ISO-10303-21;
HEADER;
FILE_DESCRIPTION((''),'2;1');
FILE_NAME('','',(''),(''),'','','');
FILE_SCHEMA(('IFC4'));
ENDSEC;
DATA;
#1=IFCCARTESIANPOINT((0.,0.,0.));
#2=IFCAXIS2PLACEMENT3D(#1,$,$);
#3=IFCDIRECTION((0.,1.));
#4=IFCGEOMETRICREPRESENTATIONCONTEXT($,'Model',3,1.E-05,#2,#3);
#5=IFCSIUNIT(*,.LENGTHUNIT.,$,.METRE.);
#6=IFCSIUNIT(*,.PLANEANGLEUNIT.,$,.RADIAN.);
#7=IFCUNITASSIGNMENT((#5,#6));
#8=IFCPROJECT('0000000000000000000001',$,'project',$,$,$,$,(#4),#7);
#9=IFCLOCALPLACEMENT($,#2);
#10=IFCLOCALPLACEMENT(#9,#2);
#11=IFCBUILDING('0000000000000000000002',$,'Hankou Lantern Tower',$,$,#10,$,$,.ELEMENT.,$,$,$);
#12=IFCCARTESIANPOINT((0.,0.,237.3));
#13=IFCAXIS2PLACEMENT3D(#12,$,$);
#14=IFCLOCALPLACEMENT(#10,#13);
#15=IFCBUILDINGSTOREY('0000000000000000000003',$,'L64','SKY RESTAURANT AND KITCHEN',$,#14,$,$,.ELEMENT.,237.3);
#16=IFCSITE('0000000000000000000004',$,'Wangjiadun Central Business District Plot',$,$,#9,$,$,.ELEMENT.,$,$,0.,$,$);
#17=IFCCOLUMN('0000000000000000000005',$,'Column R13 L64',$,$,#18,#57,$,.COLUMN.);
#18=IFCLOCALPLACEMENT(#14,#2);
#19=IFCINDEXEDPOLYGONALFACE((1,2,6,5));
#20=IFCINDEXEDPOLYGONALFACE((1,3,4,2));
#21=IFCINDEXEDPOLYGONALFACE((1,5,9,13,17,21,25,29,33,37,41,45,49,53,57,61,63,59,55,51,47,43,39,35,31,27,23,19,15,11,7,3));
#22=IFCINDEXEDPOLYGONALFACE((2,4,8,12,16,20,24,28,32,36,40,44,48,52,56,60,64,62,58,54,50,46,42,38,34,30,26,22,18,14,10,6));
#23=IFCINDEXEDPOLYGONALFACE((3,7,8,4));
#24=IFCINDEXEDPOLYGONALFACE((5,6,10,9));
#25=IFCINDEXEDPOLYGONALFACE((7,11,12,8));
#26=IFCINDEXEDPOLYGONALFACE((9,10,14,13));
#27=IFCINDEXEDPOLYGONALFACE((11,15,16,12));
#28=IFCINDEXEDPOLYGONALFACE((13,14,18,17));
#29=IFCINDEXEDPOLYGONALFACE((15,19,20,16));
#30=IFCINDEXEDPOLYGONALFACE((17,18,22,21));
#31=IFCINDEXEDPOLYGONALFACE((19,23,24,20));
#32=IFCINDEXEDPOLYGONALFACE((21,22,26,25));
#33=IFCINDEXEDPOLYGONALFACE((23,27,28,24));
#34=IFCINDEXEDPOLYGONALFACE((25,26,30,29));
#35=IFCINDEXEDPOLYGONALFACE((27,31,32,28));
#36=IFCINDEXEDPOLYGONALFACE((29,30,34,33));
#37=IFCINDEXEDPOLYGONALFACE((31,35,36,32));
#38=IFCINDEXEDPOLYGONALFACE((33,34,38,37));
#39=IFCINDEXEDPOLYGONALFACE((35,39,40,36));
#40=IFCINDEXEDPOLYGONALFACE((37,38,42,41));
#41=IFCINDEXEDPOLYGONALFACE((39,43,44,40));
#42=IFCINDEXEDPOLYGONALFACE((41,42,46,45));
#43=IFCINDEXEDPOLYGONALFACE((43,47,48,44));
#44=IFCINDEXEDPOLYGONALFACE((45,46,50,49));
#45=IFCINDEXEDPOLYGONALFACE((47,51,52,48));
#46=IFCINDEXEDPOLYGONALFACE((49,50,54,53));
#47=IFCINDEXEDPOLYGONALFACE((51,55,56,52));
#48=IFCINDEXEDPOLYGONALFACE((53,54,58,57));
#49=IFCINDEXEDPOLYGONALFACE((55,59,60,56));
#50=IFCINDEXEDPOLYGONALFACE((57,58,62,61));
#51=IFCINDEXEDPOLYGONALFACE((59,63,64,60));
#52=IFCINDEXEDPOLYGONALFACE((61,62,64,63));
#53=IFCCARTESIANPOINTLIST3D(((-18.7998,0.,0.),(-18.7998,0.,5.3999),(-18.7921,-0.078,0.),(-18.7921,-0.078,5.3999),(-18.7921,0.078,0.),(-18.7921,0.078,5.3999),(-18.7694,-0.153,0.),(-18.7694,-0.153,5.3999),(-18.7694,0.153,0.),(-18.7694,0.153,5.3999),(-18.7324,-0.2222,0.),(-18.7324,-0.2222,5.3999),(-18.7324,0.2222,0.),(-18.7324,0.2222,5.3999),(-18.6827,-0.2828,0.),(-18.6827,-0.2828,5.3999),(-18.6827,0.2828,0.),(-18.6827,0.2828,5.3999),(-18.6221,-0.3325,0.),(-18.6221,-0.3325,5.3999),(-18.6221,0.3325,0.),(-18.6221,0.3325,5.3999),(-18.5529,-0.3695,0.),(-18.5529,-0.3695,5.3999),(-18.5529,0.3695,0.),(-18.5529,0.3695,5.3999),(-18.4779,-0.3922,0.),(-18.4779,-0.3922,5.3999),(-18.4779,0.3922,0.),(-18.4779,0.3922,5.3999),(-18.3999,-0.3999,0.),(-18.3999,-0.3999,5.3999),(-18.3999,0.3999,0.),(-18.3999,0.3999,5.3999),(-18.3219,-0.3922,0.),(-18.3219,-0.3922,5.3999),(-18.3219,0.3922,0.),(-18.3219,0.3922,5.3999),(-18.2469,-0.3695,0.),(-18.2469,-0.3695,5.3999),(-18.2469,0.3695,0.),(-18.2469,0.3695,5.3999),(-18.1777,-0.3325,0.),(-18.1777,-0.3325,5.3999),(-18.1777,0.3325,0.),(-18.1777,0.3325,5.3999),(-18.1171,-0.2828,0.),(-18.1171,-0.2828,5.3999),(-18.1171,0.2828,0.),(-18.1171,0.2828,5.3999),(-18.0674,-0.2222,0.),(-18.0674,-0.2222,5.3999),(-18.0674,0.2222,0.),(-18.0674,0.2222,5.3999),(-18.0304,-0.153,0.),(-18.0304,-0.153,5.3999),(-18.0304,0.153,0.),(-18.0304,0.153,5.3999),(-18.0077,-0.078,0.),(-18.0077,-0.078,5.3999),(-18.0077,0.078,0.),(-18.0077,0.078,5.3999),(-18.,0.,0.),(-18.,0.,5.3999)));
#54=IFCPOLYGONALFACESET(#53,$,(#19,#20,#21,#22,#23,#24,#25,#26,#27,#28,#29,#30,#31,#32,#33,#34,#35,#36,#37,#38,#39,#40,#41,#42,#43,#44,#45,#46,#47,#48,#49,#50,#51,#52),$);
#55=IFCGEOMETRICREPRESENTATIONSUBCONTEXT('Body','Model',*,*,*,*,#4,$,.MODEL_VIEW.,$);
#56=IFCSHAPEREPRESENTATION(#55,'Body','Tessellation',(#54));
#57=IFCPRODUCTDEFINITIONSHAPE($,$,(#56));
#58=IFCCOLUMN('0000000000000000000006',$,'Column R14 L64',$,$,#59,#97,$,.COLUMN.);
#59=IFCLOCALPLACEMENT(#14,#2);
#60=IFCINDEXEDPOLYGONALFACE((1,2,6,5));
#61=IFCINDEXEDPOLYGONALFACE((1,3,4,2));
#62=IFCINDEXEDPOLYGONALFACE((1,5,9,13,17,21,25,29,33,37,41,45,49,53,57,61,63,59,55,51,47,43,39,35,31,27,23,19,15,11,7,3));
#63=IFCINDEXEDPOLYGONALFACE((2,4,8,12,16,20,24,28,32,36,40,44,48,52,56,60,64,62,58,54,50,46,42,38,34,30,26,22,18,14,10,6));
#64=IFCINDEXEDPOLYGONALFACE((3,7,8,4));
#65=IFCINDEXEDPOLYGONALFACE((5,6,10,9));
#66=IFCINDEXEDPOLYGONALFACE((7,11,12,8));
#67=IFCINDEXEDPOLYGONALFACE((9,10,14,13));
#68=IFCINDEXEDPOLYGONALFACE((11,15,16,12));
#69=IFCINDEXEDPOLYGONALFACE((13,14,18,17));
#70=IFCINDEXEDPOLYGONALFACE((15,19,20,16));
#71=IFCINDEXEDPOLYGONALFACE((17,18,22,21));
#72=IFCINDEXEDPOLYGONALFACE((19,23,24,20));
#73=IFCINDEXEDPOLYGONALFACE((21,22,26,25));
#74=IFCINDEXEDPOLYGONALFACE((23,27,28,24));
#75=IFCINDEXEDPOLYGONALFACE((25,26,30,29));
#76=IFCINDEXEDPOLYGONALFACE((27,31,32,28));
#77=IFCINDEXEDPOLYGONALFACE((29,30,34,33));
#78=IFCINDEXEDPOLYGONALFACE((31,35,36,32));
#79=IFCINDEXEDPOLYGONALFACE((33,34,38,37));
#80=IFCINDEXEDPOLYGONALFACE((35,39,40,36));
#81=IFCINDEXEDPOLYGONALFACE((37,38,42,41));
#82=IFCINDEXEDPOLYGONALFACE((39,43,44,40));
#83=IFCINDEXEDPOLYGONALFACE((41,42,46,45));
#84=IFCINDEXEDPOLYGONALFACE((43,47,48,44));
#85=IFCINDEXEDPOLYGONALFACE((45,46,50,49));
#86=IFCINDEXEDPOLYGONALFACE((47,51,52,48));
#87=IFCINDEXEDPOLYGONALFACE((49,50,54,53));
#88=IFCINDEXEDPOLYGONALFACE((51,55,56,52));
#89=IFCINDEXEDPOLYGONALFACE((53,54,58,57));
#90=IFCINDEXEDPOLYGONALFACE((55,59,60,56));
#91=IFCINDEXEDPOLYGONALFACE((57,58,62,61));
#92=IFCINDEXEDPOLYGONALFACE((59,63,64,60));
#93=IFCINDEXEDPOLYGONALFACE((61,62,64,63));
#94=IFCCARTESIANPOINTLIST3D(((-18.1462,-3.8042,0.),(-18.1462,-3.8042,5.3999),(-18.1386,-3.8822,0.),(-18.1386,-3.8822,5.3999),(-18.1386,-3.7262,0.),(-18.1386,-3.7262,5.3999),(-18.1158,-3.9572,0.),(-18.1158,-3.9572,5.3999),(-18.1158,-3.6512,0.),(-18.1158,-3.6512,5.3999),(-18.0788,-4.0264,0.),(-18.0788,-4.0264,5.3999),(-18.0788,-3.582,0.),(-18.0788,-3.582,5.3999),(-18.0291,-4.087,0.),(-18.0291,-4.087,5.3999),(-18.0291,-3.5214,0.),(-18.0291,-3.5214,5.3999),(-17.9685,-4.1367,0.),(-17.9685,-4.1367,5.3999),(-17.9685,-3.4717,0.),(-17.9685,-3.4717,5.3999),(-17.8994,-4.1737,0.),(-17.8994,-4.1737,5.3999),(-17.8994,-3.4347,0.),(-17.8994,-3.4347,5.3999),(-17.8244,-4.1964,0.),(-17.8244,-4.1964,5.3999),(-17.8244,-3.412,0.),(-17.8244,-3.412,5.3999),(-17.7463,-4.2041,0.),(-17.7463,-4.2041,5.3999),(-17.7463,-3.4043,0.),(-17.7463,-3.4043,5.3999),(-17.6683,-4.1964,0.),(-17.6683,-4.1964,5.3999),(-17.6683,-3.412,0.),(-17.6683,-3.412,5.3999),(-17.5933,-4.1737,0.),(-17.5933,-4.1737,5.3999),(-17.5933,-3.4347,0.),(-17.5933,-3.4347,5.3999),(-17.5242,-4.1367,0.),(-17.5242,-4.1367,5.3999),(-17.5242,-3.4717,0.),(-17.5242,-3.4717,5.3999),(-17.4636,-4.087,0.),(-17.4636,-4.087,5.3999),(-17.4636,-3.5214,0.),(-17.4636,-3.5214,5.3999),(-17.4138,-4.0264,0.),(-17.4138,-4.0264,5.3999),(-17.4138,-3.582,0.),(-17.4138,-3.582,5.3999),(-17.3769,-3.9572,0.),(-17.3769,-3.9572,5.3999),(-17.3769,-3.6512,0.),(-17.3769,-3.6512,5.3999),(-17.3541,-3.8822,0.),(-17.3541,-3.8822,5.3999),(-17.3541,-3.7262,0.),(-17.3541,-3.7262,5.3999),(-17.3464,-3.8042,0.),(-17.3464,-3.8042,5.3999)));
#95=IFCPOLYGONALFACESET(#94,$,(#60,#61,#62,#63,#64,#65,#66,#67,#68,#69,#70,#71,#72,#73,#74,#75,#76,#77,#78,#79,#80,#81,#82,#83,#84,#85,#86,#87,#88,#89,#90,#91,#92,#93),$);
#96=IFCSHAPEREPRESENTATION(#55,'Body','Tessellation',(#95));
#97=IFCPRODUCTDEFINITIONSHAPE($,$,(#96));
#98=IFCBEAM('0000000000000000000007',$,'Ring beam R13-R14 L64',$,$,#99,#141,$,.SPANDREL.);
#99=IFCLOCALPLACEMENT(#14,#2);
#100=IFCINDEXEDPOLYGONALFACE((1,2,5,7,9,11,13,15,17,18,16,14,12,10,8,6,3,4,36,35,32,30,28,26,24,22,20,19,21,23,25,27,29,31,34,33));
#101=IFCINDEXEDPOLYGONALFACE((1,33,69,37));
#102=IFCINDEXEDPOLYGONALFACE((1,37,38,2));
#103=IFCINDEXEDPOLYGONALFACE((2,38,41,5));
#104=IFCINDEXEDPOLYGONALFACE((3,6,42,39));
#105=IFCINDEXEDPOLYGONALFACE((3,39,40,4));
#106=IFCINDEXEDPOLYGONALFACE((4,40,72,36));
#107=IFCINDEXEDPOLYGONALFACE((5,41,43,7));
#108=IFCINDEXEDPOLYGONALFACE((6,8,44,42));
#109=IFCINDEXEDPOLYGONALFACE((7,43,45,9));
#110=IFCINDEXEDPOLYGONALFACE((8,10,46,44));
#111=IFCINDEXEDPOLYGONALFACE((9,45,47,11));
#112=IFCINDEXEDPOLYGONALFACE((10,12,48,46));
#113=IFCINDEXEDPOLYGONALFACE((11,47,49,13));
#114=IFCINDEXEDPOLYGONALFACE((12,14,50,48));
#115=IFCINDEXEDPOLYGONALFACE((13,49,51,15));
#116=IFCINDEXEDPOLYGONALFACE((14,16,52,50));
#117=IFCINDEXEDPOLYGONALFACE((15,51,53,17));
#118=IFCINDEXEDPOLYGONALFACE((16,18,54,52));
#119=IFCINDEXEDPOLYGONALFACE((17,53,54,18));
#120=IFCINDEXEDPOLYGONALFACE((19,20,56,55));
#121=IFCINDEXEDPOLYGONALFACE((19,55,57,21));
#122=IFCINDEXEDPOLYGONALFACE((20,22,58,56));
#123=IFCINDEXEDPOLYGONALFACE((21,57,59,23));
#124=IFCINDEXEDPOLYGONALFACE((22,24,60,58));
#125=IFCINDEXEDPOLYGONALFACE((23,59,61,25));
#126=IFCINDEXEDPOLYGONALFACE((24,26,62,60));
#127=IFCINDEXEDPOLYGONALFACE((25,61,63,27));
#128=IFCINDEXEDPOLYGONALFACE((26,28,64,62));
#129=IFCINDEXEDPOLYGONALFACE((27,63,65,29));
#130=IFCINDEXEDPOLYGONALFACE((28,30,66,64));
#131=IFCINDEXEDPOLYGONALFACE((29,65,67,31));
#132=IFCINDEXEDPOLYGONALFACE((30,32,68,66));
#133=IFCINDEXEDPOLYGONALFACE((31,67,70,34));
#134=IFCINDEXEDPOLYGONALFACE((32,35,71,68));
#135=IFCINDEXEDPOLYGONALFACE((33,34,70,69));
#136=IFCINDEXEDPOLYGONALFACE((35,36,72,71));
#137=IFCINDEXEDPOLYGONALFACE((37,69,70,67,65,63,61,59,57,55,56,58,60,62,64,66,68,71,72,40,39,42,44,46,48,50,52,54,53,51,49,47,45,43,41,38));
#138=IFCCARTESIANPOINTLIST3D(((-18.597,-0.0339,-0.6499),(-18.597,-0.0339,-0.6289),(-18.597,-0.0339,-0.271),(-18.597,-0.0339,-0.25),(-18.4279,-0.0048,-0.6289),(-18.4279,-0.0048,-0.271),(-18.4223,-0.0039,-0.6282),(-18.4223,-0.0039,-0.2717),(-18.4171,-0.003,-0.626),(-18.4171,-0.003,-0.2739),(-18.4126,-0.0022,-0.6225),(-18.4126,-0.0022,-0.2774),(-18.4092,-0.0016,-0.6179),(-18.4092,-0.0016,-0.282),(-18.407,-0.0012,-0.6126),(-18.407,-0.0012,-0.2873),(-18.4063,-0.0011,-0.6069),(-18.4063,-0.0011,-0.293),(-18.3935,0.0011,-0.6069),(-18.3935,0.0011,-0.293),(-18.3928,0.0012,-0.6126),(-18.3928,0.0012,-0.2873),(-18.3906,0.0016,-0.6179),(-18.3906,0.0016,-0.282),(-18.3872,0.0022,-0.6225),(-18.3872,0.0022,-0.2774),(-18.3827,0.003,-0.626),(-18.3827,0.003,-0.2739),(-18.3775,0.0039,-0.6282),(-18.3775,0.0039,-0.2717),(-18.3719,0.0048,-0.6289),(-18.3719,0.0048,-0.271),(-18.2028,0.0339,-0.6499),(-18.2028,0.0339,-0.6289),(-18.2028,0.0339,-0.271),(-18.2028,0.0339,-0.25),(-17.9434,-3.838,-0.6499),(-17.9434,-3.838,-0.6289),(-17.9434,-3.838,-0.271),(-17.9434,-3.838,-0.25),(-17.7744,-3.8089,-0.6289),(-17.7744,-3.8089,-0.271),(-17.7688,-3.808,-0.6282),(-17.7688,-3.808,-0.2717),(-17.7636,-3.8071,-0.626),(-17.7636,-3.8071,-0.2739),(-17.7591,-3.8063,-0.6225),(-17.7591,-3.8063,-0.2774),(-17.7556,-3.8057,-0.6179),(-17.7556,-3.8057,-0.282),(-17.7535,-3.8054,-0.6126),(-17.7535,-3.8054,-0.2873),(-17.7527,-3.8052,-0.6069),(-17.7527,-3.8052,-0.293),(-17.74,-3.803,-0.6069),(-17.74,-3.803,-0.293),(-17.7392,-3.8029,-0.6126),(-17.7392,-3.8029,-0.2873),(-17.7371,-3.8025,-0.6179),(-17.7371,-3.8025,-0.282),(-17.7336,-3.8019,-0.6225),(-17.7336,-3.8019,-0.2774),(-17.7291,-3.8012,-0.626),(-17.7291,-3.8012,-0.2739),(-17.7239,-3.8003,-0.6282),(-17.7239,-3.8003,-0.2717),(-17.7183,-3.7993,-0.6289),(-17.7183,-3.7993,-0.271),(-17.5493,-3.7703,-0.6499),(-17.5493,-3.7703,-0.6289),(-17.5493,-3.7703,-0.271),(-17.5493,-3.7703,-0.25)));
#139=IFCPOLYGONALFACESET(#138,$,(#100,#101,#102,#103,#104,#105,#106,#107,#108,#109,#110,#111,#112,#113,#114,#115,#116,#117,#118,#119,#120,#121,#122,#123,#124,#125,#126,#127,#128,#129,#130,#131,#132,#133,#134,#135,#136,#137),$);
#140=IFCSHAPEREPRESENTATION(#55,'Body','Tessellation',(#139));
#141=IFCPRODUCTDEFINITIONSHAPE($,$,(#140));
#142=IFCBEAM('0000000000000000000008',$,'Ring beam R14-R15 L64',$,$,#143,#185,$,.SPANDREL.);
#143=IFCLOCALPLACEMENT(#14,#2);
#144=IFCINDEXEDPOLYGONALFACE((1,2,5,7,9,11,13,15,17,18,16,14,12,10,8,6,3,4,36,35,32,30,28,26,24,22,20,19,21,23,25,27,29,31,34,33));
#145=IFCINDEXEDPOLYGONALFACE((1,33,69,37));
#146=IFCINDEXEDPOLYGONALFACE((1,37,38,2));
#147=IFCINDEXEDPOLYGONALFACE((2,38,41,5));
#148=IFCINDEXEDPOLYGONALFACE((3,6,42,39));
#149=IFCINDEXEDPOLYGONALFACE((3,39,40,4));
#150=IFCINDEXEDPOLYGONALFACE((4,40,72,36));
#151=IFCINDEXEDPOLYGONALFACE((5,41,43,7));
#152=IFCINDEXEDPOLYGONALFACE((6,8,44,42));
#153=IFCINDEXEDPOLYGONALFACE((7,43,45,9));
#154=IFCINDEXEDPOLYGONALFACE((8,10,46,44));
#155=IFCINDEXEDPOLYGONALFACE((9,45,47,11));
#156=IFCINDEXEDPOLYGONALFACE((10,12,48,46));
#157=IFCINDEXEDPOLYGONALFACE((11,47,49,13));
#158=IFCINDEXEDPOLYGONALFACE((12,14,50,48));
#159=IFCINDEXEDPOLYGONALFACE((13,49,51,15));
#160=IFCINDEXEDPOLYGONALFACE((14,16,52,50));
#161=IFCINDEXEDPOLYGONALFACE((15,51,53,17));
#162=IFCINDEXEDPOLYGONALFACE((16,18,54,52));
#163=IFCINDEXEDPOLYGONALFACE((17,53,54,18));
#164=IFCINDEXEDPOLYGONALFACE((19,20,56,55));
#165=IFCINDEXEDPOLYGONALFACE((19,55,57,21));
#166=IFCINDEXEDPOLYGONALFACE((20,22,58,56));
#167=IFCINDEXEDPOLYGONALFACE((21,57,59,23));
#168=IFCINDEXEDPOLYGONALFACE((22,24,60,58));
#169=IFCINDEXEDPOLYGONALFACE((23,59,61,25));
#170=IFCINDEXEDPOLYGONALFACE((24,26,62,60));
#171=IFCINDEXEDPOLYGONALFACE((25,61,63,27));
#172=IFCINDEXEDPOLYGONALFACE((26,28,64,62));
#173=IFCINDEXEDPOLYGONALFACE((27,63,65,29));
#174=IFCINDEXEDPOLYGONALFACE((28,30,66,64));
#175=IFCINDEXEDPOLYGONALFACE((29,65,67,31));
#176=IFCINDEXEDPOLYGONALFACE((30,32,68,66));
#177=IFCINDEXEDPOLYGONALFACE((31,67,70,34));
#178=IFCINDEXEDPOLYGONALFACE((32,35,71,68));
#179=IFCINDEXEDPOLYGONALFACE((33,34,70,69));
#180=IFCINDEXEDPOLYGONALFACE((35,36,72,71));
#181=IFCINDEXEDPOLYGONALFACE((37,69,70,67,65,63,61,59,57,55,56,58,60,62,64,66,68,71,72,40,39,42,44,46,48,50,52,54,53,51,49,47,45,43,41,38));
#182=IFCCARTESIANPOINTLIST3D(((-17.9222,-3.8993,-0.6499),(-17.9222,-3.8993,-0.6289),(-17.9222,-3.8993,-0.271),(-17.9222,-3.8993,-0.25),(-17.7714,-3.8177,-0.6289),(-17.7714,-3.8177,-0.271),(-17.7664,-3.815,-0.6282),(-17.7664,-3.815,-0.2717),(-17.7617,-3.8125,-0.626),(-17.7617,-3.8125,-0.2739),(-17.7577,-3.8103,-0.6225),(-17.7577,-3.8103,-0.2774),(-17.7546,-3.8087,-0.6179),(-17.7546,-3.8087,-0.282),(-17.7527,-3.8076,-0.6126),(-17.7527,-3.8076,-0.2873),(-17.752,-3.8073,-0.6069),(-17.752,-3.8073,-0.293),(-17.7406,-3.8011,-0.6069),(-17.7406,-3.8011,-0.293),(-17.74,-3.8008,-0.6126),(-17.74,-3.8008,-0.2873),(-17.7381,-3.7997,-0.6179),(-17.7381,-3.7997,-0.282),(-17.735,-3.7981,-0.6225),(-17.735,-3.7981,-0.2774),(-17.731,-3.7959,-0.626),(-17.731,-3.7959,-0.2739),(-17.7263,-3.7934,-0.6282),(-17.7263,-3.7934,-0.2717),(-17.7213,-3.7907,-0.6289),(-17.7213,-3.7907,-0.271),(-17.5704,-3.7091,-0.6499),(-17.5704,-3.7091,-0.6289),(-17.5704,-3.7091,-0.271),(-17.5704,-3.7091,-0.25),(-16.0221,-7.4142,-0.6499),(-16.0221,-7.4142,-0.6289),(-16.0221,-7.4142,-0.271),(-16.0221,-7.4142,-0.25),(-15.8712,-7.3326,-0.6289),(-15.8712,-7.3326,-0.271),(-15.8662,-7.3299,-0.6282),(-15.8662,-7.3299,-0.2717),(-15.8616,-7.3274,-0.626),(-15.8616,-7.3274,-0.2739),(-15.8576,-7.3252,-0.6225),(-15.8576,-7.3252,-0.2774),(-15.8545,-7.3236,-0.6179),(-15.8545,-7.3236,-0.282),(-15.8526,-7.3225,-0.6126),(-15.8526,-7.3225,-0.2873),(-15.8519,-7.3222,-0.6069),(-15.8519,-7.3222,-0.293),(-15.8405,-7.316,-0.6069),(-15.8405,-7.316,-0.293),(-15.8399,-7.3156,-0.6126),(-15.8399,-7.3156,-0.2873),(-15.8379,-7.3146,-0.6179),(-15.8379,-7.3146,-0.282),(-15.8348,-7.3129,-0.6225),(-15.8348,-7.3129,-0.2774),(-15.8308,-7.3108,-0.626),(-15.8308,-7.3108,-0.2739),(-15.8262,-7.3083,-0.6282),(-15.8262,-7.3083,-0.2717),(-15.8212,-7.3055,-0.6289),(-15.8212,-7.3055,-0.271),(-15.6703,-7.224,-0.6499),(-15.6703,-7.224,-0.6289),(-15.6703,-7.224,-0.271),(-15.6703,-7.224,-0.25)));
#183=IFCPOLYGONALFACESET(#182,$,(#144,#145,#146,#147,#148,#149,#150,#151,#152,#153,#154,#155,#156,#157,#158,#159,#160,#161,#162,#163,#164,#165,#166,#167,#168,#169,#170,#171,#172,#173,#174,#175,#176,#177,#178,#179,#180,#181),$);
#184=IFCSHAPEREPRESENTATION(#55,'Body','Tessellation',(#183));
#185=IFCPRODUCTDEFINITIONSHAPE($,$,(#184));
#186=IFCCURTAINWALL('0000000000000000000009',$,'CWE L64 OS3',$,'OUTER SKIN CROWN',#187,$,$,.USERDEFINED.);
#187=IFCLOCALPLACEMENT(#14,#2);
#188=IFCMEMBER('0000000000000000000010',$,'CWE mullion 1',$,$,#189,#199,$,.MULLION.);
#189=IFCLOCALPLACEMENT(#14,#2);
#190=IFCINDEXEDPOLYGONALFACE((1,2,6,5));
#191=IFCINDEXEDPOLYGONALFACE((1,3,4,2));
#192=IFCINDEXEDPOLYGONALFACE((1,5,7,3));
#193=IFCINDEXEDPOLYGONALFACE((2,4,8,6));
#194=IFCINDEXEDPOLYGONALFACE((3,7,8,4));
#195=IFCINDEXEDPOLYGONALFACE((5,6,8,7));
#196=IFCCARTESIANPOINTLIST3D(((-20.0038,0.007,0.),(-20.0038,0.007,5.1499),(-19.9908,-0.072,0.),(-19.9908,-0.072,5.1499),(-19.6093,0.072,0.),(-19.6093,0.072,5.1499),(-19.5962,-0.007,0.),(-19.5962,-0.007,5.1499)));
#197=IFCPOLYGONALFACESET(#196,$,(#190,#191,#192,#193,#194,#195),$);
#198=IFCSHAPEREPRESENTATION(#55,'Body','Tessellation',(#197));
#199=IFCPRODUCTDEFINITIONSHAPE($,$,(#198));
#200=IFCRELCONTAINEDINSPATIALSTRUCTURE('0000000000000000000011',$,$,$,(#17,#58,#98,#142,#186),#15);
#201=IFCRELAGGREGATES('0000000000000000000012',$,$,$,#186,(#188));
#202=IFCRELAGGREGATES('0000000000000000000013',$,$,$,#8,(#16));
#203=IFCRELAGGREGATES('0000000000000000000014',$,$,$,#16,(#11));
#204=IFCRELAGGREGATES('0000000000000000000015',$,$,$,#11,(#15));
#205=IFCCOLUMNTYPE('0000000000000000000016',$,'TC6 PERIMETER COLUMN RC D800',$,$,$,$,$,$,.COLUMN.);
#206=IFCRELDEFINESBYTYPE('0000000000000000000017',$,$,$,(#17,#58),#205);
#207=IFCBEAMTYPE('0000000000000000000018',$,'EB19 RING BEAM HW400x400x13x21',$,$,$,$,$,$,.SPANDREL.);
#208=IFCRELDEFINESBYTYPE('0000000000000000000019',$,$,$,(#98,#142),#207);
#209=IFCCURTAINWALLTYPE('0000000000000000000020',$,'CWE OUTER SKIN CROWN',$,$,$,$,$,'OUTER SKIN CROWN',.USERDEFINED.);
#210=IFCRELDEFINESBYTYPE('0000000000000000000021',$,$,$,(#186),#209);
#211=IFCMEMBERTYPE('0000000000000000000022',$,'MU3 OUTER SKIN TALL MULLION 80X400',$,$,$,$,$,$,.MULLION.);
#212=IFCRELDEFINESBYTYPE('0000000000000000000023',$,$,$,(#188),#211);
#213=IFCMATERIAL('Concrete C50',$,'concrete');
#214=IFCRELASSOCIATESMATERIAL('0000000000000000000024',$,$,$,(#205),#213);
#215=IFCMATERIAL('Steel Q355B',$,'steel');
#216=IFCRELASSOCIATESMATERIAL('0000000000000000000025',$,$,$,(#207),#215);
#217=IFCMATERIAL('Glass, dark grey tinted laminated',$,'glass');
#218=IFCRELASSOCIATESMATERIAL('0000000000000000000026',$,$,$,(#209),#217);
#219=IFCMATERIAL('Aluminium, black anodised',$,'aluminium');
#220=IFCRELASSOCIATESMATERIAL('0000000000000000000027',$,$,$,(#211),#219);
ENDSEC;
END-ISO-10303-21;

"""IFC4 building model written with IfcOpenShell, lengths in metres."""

from ifc_helpers import new_model, si_unit, direction, frame, origin, origin_2d, place, context, subcontext, project, spatial, rectangle, circle, i_section, extrude, material, material_profile, profile_set, type_object, element, aggregate, save


model = new_model("IFC4")

# Units and contexts
model_context = context("Model", 3, precision=1e-05, world=origin(), true_north=direction((0.0, 1.0)))
body_context = subcontext(model_context, "Body", "Model", "MODEL_VIEW")
ifc_project = project(units=[si_unit("LENGTHUNIT", "METRE"), si_unit("PLANEANGLEUNIT", "RADIAN")], contexts=[model_context])

# Site, building, storey
site_placement = place(None, origin())
site = spatial("IfcSite", under=ifc_project, at=site_placement, Name="Wangjiadun Central Business District Plot", CompositionType="ELEMENT", RefElevation=0.0)
building_placement = place(site_placement, origin())
building = spatial("IfcBuilding", under=site, at=building_placement, Name="Hankou Lantern Tower", CompositionType="ELEMENT")
storey_placement = place(building_placement, frame((0.0, 0.0, 237.3)))
storey = spatial("IfcBuildingStorey", under=building, at=storey_placement, Name="L64", Description="SKY RESTAURANT AND KITCHEN", CompositionType="ELEMENT", Elevation=237.3)

# Columns
ifc_material_1 = material(Name="Concrete C50", Category="concrete")
ifc_material_profile_1 = material_profile(ifc_material_1, circle(Radius=0.3999, at=origin_2d()), Name="RC D800")
ifc_profile_set_1 = profile_set([ifc_material_profile_1], Name="Concrete C50")
column_type = type_object("IfcColumnType", Name="TC6 PERIMETER COLUMN RC D800", PredefinedType="COLUMN", material=ifc_profile_set_1)
for number, where, z_axis, x_axis, name in (
    (1, (-18.3999, 0.0, 0.0), (0.0, 0.0, 1.0), (1.0, 0.0, 0.0), "Column R13 L64"),
    (2, (-17.7463, -3.8042, 0.0), (0.0, 0.0, 1.0), (1.0, 0.0, 0.0), "Column R14 L64"),
):
    element("IfcColumn", number, at=place(storey_placement, frame(where, z_axis=z_axis, x_axis=x_axis)), inside=storey, type_object=column_type, Name=name, PredefinedType="COLUMN", context=body_context, shape_type="SweptSolid", body=[
        extrude(circle(Radius=0.3999, at=origin_2d()), origin(), (0.0, 0.0, 1.0), 5.3999),
    ])

# Beams
ifc_material_2 = material(Name="Steel Q355B", Category="steel")
ifc_material_profile_2 = material_profile(ifc_material_2, i_section(OverallWidth=0.3999, OverallDepth=0.3999, WebThickness=0.0129, FlangeThickness=0.021, FilletRadius=0.022, at=origin_2d()), Name="HW400x400x13x21")
ifc_profile_set_2 = profile_set([ifc_material_profile_2], Name="Steel Q355B")
beam_type_1 = type_object("IfcBeamType", Name="EB19 RING BEAM HW400x400x13x21", PredefinedType="SPANDREL", material=ifc_profile_set_2)
beam_1_placement = place(storey_placement, frame((-18.3999, 0.0, -0.45), z_axis=(0.16932, -0.985561, 0.0), x_axis=(0.985561, 0.16932, 0.0)))
element("IfcBeam", 3, at=beam_1_placement, inside=storey, type_object=beam_type_1, Name="Ring beam R13-R14 L64", PredefinedType="SPANDREL", context=body_context, shape_type="SweptSolid", body=[
    extrude(i_section(OverallWidth=0.3999, OverallDepth=0.3999, WebThickness=0.0129, FlangeThickness=0.021, FilletRadius=0.022, at=origin_2d()), origin(), (0.0, 0.0, 1.0), 3.8599),
])
beam_2_placement = place(storey_placement, frame((-17.7463, -3.8042, -0.45), z_axis=(0.475557, -0.879685, 0.0), x_axis=(0.879685, 0.475557, 0.0)))
element("IfcBeam", 4, at=beam_2_placement, inside=storey, type_object=beam_type_1, Name="Ring beam R14-R15 L64", PredefinedType="SPANDREL", context=body_context, shape_type="SweptSolid", body=[
    extrude(i_section(OverallWidth=0.3999, OverallDepth=0.3999, WebThickness=0.0129, FlangeThickness=0.021, FilletRadius=0.022, at=origin_2d()), origin(), (0.0, 0.0, 1.0), 3.9956),
])

# Curtain wall, member
ifc_material_3 = material(Name="Glass, dark grey tinted laminated", Category="glass")
curtain_wall_type = type_object("IfcCurtainWallType", Name="CWE OUTER SKIN CROWN", ElementType="OUTER SKIN CROWN", PredefinedType="USERDEFINED", material=ifc_material_3)
curtain_wall_1_placement = place(storey_placement, origin())
curtain_wall_1 = element("IfcCurtainWall", 5, at=curtain_wall_1_placement, inside=storey, type_object=curtain_wall_type, Name="CWE L64 OS3", ObjectType="OUTER SKIN CROWN", PredefinedType="USERDEFINED")
ifc_material_4 = material(Name="Aluminium, black anodised", Category="aluminium")
ifc_material_profile_3 = material_profile(ifc_material_4, rectangle(XDim=0.0801, YDim=0.3999, at=origin_2d()), Name="MU3 80X400")
ifc_profile_set_3 = profile_set([ifc_material_profile_3], Name="Aluminium, black anodised")
member_type_1 = type_object("IfcMemberType", Name="MU3 OUTER SKIN TALL MULLION 80X400", PredefinedType="MULLION", material=ifc_profile_set_3)
member_1_placement = place(storey_placement, frame((-19.8, 0.0, 0.0), z_axis=(0.0, 0.0, 1.0), x_axis=(0.162382, -0.986728, 0.0)))
member_1 = element("IfcMember", 6, at=member_1_placement, type_object=member_type_1, Name="CWE mullion 1", PredefinedType="MULLION", context=body_context, shape_type="SweptSolid", body=[
    extrude(rectangle(XDim=0.0801, YDim=0.3999, at=origin_2d()), origin(), (0.0, 0.0, 1.0), 5.1499),
])

aggregate(curtain_wall_1, [member_1])

save(model, "model.ifc")
